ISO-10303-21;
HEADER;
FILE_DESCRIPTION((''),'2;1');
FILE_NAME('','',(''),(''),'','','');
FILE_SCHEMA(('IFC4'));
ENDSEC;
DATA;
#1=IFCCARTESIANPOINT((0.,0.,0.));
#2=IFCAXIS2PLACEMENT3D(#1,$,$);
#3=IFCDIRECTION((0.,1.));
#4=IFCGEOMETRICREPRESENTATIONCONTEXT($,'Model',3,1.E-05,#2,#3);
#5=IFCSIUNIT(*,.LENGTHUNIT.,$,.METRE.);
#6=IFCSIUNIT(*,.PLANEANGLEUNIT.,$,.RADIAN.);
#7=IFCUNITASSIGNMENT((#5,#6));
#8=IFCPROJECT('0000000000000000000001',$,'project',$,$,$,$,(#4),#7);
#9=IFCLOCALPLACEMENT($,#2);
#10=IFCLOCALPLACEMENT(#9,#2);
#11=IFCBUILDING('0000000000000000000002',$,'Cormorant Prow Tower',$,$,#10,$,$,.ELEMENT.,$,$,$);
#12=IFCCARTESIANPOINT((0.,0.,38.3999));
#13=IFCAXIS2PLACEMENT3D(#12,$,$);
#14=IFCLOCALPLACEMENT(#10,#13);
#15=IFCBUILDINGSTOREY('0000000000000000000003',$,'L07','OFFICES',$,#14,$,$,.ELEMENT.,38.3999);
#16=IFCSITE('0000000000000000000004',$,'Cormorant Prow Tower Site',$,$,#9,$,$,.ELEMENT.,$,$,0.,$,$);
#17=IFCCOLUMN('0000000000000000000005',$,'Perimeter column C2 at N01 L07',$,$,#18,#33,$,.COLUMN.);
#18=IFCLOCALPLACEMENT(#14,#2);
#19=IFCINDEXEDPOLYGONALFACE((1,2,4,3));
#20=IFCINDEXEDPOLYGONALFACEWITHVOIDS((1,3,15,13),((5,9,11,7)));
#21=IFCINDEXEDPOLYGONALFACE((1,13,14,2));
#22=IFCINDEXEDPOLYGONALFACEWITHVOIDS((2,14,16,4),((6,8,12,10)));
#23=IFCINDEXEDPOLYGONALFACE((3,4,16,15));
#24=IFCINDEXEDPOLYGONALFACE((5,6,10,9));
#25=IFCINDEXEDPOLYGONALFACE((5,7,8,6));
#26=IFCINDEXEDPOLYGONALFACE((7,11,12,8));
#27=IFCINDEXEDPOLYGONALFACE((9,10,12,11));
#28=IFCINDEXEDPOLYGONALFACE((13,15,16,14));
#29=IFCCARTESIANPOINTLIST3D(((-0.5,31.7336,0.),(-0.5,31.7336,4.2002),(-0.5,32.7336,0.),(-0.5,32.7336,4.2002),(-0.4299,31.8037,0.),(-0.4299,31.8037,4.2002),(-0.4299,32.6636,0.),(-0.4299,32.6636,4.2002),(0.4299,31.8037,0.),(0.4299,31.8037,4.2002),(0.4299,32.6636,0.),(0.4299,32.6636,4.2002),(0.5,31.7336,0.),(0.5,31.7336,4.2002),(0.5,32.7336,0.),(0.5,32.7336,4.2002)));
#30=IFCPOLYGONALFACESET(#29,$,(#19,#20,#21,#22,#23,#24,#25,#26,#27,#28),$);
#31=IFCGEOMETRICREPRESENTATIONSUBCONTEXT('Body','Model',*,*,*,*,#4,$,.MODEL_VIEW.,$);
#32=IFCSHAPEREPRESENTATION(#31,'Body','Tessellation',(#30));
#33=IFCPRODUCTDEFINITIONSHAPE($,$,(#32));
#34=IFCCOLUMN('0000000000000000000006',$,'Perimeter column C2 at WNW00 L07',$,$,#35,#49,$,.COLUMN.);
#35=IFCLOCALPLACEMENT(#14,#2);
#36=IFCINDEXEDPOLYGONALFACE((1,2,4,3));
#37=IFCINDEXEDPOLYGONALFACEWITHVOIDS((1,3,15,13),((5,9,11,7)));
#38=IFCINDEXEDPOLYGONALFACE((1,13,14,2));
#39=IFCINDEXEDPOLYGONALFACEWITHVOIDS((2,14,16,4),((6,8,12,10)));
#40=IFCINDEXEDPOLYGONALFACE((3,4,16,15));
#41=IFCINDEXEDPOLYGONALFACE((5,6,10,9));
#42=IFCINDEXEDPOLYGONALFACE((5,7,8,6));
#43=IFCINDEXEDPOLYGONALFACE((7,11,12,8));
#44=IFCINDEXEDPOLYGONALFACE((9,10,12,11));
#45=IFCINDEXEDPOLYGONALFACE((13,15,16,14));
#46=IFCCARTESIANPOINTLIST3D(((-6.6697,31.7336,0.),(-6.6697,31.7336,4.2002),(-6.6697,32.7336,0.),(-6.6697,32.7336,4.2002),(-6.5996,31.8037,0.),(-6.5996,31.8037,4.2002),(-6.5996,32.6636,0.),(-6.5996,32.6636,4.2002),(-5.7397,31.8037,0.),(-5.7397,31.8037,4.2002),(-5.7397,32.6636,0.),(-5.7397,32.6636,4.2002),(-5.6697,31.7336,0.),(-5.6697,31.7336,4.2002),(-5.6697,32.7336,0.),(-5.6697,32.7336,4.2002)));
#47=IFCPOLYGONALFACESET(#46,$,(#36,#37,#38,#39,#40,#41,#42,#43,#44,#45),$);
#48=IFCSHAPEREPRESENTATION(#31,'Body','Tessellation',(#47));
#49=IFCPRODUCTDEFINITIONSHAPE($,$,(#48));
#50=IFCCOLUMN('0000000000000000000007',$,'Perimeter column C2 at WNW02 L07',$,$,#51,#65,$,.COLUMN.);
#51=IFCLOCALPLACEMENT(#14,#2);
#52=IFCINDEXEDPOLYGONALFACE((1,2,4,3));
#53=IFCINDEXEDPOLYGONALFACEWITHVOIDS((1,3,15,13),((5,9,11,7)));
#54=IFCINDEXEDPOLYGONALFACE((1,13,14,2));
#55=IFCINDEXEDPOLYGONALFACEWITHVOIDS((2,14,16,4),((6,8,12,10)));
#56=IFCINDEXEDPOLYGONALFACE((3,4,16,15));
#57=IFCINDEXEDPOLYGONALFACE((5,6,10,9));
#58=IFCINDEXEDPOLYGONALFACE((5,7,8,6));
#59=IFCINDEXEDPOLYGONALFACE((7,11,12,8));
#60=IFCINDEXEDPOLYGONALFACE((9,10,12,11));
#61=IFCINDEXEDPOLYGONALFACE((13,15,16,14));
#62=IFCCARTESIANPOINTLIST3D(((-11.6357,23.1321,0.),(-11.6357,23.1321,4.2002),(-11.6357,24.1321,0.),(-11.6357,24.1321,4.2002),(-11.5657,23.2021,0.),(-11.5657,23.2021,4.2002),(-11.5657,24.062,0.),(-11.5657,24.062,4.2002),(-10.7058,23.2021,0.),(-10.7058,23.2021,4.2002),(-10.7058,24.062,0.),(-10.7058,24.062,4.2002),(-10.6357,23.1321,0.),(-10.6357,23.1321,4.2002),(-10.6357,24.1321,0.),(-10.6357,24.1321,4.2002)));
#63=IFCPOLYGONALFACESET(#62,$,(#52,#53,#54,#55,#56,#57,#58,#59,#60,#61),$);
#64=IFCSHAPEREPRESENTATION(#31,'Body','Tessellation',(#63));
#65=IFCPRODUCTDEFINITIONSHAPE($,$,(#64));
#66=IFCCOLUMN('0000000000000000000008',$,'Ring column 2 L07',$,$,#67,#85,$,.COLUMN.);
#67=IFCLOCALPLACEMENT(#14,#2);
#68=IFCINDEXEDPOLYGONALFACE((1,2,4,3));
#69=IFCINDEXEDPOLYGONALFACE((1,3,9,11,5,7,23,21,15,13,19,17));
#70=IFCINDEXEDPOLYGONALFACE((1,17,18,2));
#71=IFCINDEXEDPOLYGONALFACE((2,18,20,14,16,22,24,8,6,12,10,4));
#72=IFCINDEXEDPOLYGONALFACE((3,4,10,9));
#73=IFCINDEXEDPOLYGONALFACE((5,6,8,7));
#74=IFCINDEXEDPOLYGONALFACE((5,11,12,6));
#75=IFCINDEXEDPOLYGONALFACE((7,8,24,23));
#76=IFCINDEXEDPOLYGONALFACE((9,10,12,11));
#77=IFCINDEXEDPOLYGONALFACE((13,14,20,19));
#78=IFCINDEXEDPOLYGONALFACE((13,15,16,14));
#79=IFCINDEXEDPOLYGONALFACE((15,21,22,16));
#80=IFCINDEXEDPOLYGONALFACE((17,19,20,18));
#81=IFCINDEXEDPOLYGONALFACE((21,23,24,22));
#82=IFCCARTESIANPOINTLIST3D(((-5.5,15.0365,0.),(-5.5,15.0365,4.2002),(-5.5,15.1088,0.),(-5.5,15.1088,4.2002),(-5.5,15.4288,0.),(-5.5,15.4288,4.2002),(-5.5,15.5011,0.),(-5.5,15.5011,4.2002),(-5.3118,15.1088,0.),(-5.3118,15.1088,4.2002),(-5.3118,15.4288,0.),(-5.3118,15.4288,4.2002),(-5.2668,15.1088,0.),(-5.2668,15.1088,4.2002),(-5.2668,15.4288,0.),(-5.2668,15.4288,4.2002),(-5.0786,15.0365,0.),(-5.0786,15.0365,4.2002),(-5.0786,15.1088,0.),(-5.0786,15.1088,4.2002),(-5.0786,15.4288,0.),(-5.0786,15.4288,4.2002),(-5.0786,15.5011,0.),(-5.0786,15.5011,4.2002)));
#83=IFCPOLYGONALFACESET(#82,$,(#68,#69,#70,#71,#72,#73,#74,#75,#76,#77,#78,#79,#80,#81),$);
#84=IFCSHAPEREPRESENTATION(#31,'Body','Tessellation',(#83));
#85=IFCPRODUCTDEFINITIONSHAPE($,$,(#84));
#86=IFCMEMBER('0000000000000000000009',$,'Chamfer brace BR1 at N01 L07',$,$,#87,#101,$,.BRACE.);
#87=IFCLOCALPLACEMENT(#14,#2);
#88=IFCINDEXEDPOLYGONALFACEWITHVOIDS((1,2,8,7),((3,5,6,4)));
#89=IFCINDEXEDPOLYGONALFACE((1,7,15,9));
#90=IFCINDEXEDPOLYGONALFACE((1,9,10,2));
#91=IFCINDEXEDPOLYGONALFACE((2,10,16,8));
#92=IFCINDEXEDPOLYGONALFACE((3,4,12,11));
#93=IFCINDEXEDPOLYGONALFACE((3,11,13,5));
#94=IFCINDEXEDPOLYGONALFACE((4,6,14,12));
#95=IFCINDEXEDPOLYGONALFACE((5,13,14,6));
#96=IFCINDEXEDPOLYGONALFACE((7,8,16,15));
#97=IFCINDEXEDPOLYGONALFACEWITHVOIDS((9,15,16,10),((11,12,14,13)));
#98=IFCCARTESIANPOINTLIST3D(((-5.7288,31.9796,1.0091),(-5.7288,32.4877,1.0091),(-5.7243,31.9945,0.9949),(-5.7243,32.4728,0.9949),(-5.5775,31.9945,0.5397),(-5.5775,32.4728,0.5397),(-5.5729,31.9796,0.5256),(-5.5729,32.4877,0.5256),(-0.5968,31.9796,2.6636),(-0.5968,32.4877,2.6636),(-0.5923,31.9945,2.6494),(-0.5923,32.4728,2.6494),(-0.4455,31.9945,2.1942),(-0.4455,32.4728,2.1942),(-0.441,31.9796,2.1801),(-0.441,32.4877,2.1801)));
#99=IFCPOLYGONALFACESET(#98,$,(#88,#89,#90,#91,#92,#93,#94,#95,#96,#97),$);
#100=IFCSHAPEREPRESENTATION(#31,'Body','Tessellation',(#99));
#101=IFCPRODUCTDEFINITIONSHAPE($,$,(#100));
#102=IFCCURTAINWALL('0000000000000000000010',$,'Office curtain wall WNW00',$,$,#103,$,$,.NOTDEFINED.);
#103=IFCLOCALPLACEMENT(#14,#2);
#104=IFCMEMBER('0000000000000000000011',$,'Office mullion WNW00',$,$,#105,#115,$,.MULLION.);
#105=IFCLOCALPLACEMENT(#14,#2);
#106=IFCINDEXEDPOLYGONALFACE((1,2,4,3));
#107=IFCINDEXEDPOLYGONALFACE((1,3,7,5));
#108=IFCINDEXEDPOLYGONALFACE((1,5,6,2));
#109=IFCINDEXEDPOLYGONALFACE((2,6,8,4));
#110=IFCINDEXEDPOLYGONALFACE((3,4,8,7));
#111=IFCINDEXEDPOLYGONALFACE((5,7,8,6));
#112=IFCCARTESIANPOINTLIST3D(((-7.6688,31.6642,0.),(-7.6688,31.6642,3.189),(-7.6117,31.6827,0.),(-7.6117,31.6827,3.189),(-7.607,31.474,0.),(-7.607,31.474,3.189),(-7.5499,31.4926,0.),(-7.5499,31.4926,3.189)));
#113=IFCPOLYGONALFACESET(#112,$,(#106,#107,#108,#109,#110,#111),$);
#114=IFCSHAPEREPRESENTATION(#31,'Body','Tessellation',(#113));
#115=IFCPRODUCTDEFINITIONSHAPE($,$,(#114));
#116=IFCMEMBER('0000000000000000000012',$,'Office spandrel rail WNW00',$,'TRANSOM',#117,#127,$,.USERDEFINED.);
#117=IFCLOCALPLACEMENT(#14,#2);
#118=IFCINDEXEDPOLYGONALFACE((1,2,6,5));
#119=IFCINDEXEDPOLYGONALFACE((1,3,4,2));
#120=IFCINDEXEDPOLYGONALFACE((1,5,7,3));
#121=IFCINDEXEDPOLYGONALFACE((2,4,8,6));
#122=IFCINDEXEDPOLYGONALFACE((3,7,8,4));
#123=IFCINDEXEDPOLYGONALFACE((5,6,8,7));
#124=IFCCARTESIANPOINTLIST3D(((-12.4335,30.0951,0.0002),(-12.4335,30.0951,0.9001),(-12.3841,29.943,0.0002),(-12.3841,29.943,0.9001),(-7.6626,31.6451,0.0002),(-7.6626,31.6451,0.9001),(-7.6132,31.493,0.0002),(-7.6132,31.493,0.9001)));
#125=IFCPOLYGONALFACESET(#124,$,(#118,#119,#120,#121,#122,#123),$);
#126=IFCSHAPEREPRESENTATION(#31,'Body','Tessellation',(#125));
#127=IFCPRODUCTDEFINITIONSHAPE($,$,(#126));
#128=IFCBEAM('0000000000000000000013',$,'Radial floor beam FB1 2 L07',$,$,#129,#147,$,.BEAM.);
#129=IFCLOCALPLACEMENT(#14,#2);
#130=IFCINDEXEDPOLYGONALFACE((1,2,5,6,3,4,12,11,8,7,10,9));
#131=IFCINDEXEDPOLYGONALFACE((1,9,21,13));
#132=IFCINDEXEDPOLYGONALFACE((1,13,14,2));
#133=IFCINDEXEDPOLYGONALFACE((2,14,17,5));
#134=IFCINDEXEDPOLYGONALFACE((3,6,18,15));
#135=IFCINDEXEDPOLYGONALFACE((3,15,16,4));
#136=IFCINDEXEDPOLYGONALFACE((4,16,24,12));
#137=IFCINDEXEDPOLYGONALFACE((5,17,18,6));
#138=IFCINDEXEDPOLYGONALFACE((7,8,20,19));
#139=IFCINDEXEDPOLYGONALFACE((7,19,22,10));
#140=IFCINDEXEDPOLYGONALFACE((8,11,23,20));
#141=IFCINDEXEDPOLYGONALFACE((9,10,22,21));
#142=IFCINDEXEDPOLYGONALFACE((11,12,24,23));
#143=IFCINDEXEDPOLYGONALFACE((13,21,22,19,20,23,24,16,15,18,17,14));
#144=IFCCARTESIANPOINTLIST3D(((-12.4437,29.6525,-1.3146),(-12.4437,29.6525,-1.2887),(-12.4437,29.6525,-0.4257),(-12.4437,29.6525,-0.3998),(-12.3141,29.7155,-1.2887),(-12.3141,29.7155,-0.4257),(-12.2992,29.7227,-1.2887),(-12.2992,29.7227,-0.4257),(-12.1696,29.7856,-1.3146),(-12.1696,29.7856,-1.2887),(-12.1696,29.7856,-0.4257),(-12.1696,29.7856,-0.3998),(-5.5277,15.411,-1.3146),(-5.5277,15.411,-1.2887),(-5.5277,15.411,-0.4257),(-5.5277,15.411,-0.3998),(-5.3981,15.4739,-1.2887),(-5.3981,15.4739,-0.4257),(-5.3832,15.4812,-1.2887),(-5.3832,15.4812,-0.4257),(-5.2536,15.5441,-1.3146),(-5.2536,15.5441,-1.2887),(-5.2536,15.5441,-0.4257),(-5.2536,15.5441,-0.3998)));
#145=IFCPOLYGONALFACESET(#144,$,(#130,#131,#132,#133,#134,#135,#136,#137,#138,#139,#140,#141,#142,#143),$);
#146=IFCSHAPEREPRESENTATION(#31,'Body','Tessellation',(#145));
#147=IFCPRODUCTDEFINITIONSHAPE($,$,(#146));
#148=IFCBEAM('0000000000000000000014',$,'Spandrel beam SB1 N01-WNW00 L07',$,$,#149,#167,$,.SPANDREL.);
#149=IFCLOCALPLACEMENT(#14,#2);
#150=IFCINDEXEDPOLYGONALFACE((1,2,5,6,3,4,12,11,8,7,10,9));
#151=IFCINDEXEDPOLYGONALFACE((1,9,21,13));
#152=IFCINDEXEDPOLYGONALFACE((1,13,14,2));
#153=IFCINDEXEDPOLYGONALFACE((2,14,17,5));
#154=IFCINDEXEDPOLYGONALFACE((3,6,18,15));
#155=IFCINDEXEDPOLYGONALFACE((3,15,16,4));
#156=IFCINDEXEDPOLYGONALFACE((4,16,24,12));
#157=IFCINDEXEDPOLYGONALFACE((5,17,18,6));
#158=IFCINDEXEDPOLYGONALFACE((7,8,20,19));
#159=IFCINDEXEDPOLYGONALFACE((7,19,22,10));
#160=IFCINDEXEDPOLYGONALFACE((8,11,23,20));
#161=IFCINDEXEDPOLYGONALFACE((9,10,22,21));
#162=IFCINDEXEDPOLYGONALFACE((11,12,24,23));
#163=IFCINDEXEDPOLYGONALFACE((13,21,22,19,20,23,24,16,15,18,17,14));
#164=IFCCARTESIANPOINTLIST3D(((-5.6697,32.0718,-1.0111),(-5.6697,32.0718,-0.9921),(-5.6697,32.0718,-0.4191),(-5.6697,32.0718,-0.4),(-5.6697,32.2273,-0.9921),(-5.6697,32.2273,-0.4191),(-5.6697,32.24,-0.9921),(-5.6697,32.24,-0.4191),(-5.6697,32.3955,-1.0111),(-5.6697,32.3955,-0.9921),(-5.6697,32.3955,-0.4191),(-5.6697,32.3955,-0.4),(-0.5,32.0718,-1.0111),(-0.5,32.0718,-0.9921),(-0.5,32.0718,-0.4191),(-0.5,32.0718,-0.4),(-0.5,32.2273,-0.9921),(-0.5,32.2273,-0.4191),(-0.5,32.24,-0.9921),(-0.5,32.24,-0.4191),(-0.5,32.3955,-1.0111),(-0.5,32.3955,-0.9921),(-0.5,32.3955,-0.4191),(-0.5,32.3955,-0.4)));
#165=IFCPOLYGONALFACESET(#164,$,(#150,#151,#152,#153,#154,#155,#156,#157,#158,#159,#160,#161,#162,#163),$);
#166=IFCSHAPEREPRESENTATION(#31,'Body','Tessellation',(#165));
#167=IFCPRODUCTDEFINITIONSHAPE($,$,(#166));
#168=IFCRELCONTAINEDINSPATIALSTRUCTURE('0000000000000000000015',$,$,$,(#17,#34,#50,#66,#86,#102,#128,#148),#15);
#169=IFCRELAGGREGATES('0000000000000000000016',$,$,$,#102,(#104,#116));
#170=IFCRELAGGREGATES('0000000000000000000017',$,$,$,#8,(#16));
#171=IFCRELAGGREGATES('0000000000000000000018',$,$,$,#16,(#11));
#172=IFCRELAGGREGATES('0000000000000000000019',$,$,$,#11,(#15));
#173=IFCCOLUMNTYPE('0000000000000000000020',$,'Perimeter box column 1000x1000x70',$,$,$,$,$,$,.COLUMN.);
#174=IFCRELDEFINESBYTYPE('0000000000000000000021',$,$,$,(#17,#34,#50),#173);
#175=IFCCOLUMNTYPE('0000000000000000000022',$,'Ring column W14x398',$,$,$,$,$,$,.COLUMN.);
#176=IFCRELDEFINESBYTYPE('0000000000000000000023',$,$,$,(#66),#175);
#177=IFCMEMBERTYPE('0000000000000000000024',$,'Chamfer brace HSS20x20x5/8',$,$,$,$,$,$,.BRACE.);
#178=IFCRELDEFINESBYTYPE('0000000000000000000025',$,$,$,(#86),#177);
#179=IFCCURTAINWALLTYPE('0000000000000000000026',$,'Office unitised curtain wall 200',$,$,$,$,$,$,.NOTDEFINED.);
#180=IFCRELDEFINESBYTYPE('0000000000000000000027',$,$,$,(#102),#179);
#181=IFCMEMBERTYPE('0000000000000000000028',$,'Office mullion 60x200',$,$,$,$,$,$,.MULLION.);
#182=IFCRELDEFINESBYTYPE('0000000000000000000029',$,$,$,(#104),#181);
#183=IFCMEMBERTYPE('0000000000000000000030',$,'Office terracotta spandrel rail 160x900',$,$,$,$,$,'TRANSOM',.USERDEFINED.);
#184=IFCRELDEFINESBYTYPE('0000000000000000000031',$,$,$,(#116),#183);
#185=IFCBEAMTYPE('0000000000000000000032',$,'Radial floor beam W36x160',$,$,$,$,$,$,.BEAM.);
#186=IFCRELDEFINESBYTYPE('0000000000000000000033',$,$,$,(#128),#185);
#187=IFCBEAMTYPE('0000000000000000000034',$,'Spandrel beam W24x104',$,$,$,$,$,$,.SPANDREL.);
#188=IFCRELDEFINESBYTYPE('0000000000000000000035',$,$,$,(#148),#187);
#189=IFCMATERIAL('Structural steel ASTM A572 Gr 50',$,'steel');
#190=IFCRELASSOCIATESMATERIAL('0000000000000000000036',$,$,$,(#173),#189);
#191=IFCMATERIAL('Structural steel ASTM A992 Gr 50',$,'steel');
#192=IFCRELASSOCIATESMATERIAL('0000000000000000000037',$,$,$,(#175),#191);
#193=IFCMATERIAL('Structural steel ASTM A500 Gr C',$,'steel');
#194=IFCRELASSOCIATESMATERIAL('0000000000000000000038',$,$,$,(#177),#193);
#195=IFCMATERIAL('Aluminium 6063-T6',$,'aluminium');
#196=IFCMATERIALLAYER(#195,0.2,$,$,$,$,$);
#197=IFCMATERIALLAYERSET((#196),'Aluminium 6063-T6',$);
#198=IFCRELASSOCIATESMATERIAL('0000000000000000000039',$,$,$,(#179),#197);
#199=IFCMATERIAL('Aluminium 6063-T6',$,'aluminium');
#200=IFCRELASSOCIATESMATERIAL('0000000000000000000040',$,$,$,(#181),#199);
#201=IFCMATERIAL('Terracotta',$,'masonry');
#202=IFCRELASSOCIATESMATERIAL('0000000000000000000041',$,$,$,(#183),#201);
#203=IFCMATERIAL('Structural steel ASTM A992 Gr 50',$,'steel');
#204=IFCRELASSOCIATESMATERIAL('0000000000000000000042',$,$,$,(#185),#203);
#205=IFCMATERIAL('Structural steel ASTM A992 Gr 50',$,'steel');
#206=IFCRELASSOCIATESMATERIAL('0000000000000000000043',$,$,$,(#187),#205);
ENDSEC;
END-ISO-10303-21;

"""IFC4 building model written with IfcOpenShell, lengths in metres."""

from ifc_helpers import new_model, si_unit, direction, frame, origin, origin_2d, place, context, subcontext, project, spatial, rectangle, hollow_rectangle, i_section, extrude, material, layer, layer_set, material_profile, profile_set, type_object, element, aggregate, save


model = new_model("IFC4")

# Units and contexts
model_context = context("Model", 3, precision=1e-05, world=origin(), true_north=direction((0.0, 1.0)))
body_context = subcontext(model_context, "Body", "Model", "MODEL_VIEW")
ifc_project = project(units=[si_unit("LENGTHUNIT", "METRE"), si_unit("PLANEANGLEUNIT", "RADIAN")], contexts=[model_context])

# Site, building, storey
site_placement = place(None, origin())
site = spatial("IfcSite", under=ifc_project, at=site_placement, Name="Cormorant Prow Tower Site", CompositionType="ELEMENT", RefElevation=0.0)
building_placement = place(site_placement, origin())
building = spatial("IfcBuilding", under=site, at=building_placement, Name="Cormorant Prow Tower", CompositionType="ELEMENT")
storey_placement = place(building_placement, frame((0.0, 0.0, 38.3999)))
storey = spatial("IfcBuildingStorey", under=building, at=storey_placement, Name="L07", Description="OFFICES", CompositionType="ELEMENT", Elevation=38.3999)

# Columns
ifc_material_1 = material(Name="Structural steel ASTM A572 Gr 50", Category="steel")
ifc_material_profile_1 = material_profile(ifc_material_1, hollow_rectangle(XDim=1.0, YDim=1.0, WallThickness=0.0701, at=origin_2d()), Name="Box 1000x1000x70")
ifc_profile_set_1 = profile_set([ifc_material_profile_1], Name="Structural steel ASTM A572 Gr 50")
column_type_1 = type_object("IfcColumnType", Name="Perimeter box column 1000x1000x70", PredefinedType="COLUMN", material=ifc_profile_set_1)
for number, where, z_axis, x_axis, name in (
    (1, (0.0, 32.2336, 0.0), (0.0, 0.0, 1.0), (1.0, 0.0, 0.0), "Perimeter column C2 at N01 L07"),
    (2, (-6.1697, 32.2336, 0.0), (0.0, 0.0, 1.0), (1.0, 0.0, 0.0), "Perimeter column C2 at WNW00 L07"),
    (3, (-11.1357, 23.6321, 0.0), (0.0, 0.0, 1.0), (1.0, 0.0, 0.0), "Perimeter column C2 at WNW02 L07"),
):
    element("IfcColumn", number, at=place(storey_placement, frame(where, z_axis=z_axis, x_axis=x_axis)), inside=storey, type_object=column_type_1, Name=name, PredefinedType="COLUMN", context=body_context, shape_type="SweptSolid", body=[
        extrude(hollow_rectangle(XDim=1.0, YDim=1.0, WallThickness=0.0701, at=origin_2d()), origin(), (0.0, 0.0, 1.0), 4.2002),
    ])
ifc_material_2 = material(Name="Structural steel ASTM A992 Gr 50", Category="steel")
ifc_material_profile_2 = material_profile(ifc_material_2, i_section(OverallWidth=0.4214, OverallDepth=0.4646, WebThickness=0.0449, FlangeThickness=0.0723, at=origin_2d()), Name="W14x398")
ifc_profile_set_2 = profile_set([ifc_material_profile_2], Name="Structural steel ASTM A992 Gr 50")
column_type_2 = type_object("IfcColumnType", Name="Ring column W14x398", PredefinedType="COLUMN", material=ifc_profile_set_2)
column_placement = place(storey_placement, frame((-5.2893, 15.2688, 0.0), z_axis=(0.0, 0.0, 1.0), x_axis=(1.0, 0.0, 0.0)))
element("IfcColumn", 4, at=column_placement, inside=storey, type_object=column_type_2, Name="Ring column 2 L07", PredefinedType="COLUMN", context=body_context, shape_type="SweptSolid", body=[
    extrude(i_section(OverallWidth=0.4214, OverallDepth=0.4646, WebThickness=0.0449, FlangeThickness=0.0723, at=origin_2d()), origin(), (0.0, 0.0, 1.0), 4.2002),
])

# Member
ifc_material_3 = material(Name="Structural steel ASTM A500 Gr C", Category="steel")
ifc_material_profile_3 = material_profile(ifc_material_3, hollow_rectangle(XDim=0.5081, YDim=0.5081, WallThickness=0.0149, at=origin_2d()), Name="HSS20x20x5/8")
ifc_profile_set_3 = profile_set([ifc_material_profile_3], Name="Structural steel ASTM A500 Gr C")
member_type_1 = type_object("IfcMemberType", Name="Chamfer brace HSS20x20x5/8", PredefinedType="BRACE", material=ifc_profile_set_3)
member_1_placement = place(storey_placement, frame((-5.6509, 32.2336, 0.7673), z_axis=(0.951761, 0.0, 0.30684), x_axis=(0.0, 1.0, 0.0)))
element("IfcMember", 5, at=member_1_placement, inside=storey, type_object=member_type_1, Name="Chamfer brace BR1 at N01 L07", PredefinedType="BRACE", context=body_context, shape_type="SweptSolid", body=[
    extrude(hollow_rectangle(XDim=0.5081, YDim=0.5081, WallThickness=0.0149, at=origin_2d()), origin(), (0.0, 0.0, 1.0), 5.3921),
])

# Curtain wall, members
ifc_material_4 = material(Name="Aluminium 6063-T6", Category="aluminium")
ifc_layer_1 = layer(ifc_material_4, 0.2)
ifc_layer_set_1 = layer_set([ifc_layer_1], Name="Aluminium 6063-T6")
curtain_wall_type = type_object("IfcCurtainWallType", Name="Office unitised curtain wall 200", PredefinedType="NOTDEFINED", material=ifc_layer_set_1)
curtain_wall_placement = place(storey_placement, origin())
curtain_wall = element("IfcCurtainWall", 6, at=curtain_wall_placement, inside=storey, type_object=curtain_wall_type, Name="Office curtain wall WNW00", PredefinedType="NOTDEFINED")
ifc_material_5 = material(Name="Aluminium 6063-T6", Category="aluminium")
ifc_material_profile_4 = material_profile(ifc_material_5, rectangle(XDim=0.2, YDim=0.0601, at=origin_2d()), Name="Office mullion 60x200")
ifc_profile_set_4 = profile_set([ifc_material_profile_4], Name="Aluminium 6063-T6")
member_type_2 = type_object("IfcMemberType", Name="Office mullion 60x200", PredefinedType="MULLION", material=ifc_profile_set_4)
member_2_placement = place(storey_placement, frame((-7.6094, 31.5784, 0.0), z_axis=(0.0, 0.0, 1.0), x_axis=(0.309017, -0.951057, 0.0)))
member_2 = element("IfcMember", 7, at=member_2_placement, type_object=member_type_2, Name="Office mullion WNW00", PredefinedType="MULLION", context=body_context, shape_type="SweptSolid", body=[
    extrude(rectangle(XDim=0.2, YDim=0.0601, at=origin_2d()), origin(), (0.0, 0.0, 1.0), 3.189),
])
ifc_material_6 = material(Name="Terracotta", Category="masonry")
ifc_material_profile_5 = material_profile(ifc_material_6, rectangle(XDim=0.1599, YDim=0.8999, at=origin_2d()), Name="Office terracotta spandrel rail 160x900")
ifc_profile_set_5 = profile_set([ifc_material_profile_5], Name="Terracotta")
member_type_3 = type_object("IfcMemberType", Name="Office terracotta spandrel rail 160x900", ElementType="TRANSOM", PredefinedType="USERDEFINED", material=ifc_profile_set_5)
member_3_placement = place(storey_placement, frame((-7.6379, 31.5691, 0.4502), z_axis=(-0.951065, -0.308991, 0.0), x_axis=(0.308991, -0.951065, 0.0)))
member_3 = element("IfcMember", 8, at=member_3_placement, type_object=member_type_3, Name="Office spandrel rail WNW00", ObjectType="TRANSOM", PredefinedType="USERDEFINED", context=body_context, shape_type="SweptSolid", body=[
    extrude(rectangle(XDim=0.1599, YDim=0.8999, at=origin_2d()), origin(), (0.0, 0.0, 1.0), 5.0164),
])

# Beams
ifc_material_7 = material(Name="Structural steel ASTM A992 Gr 50", Category="steel")
ifc_material_profile_6 = material_profile(ifc_material_7, i_section(OverallWidth=0.3047, OverallDepth=0.9148, WebThickness=0.0166, FlangeThickness=0.0259, at=origin_2d()), Name="W36x160")
ifc_profile_set_6 = profile_set([ifc_material_profile_6], Name="Structural steel ASTM A992 Gr 50")
beam_type_1 = type_object("IfcBeamType", Name="Radial floor beam W36x160", PredefinedType="BEAM", material=ifc_profile_set_6)
beam_1_placement = place(storey_placement, frame((-5.3906, 15.4775, -0.8572), z_axis=(-0.436839, 0.899539, 0.0), x_axis=(-0.899539, -0.436839, 0.0)))
element("IfcBeam", 9, at=beam_1_placement, inside=storey, type_object=beam_type_1, Name="Radial floor beam FB1 2 L07", PredefinedType="BEAM", context=body_context, shape_type="SweptSolid", body=[
    extrude(i_section(OverallWidth=0.3047, OverallDepth=0.9148, WebThickness=0.0166, FlangeThickness=0.0259, at=origin_2d()), origin(), (0.0, 0.0, 1.0), 15.832),
])
ifc_material_8 = material(Name="Structural steel ASTM A992 Gr 50", Category="steel")
ifc_material_profile_7 = material_profile(ifc_material_8, i_section(OverallWidth=0.3237, OverallDepth=0.6111, WebThickness=0.0127, FlangeThickness=0.019, at=origin_2d()), Name="W24x104")
ifc_profile_set_7 = profile_set([ifc_material_profile_7], Name="Structural steel ASTM A992 Gr 50")
beam_type_2 = type_object("IfcBeamType", Name="Spandrel beam W24x104", PredefinedType="SPANDREL", material=ifc_profile_set_7)
beam_2_placement = place(storey_placement, frame((-0.5, 32.2336, -0.7056), z_axis=(-1.0, 0.0, 0.0), x_axis=(0.0, -1.0, 0.0)))
element("IfcBeam", 10, at=beam_2_placement, inside=storey, type_object=beam_type_2, Name="Spandrel beam SB1 N01-WNW00 L07", PredefinedType="SPANDREL", context=body_context, shape_type="SweptSolid", body=[
    extrude(i_section(OverallWidth=0.3237, OverallDepth=0.6111, WebThickness=0.0127, FlangeThickness=0.019, at=origin_2d()), origin(), (0.0, 0.0, 1.0), 5.1697),
])

aggregate(curtain_wall, [member_2, member_3])

save(model, "model.ifc")
